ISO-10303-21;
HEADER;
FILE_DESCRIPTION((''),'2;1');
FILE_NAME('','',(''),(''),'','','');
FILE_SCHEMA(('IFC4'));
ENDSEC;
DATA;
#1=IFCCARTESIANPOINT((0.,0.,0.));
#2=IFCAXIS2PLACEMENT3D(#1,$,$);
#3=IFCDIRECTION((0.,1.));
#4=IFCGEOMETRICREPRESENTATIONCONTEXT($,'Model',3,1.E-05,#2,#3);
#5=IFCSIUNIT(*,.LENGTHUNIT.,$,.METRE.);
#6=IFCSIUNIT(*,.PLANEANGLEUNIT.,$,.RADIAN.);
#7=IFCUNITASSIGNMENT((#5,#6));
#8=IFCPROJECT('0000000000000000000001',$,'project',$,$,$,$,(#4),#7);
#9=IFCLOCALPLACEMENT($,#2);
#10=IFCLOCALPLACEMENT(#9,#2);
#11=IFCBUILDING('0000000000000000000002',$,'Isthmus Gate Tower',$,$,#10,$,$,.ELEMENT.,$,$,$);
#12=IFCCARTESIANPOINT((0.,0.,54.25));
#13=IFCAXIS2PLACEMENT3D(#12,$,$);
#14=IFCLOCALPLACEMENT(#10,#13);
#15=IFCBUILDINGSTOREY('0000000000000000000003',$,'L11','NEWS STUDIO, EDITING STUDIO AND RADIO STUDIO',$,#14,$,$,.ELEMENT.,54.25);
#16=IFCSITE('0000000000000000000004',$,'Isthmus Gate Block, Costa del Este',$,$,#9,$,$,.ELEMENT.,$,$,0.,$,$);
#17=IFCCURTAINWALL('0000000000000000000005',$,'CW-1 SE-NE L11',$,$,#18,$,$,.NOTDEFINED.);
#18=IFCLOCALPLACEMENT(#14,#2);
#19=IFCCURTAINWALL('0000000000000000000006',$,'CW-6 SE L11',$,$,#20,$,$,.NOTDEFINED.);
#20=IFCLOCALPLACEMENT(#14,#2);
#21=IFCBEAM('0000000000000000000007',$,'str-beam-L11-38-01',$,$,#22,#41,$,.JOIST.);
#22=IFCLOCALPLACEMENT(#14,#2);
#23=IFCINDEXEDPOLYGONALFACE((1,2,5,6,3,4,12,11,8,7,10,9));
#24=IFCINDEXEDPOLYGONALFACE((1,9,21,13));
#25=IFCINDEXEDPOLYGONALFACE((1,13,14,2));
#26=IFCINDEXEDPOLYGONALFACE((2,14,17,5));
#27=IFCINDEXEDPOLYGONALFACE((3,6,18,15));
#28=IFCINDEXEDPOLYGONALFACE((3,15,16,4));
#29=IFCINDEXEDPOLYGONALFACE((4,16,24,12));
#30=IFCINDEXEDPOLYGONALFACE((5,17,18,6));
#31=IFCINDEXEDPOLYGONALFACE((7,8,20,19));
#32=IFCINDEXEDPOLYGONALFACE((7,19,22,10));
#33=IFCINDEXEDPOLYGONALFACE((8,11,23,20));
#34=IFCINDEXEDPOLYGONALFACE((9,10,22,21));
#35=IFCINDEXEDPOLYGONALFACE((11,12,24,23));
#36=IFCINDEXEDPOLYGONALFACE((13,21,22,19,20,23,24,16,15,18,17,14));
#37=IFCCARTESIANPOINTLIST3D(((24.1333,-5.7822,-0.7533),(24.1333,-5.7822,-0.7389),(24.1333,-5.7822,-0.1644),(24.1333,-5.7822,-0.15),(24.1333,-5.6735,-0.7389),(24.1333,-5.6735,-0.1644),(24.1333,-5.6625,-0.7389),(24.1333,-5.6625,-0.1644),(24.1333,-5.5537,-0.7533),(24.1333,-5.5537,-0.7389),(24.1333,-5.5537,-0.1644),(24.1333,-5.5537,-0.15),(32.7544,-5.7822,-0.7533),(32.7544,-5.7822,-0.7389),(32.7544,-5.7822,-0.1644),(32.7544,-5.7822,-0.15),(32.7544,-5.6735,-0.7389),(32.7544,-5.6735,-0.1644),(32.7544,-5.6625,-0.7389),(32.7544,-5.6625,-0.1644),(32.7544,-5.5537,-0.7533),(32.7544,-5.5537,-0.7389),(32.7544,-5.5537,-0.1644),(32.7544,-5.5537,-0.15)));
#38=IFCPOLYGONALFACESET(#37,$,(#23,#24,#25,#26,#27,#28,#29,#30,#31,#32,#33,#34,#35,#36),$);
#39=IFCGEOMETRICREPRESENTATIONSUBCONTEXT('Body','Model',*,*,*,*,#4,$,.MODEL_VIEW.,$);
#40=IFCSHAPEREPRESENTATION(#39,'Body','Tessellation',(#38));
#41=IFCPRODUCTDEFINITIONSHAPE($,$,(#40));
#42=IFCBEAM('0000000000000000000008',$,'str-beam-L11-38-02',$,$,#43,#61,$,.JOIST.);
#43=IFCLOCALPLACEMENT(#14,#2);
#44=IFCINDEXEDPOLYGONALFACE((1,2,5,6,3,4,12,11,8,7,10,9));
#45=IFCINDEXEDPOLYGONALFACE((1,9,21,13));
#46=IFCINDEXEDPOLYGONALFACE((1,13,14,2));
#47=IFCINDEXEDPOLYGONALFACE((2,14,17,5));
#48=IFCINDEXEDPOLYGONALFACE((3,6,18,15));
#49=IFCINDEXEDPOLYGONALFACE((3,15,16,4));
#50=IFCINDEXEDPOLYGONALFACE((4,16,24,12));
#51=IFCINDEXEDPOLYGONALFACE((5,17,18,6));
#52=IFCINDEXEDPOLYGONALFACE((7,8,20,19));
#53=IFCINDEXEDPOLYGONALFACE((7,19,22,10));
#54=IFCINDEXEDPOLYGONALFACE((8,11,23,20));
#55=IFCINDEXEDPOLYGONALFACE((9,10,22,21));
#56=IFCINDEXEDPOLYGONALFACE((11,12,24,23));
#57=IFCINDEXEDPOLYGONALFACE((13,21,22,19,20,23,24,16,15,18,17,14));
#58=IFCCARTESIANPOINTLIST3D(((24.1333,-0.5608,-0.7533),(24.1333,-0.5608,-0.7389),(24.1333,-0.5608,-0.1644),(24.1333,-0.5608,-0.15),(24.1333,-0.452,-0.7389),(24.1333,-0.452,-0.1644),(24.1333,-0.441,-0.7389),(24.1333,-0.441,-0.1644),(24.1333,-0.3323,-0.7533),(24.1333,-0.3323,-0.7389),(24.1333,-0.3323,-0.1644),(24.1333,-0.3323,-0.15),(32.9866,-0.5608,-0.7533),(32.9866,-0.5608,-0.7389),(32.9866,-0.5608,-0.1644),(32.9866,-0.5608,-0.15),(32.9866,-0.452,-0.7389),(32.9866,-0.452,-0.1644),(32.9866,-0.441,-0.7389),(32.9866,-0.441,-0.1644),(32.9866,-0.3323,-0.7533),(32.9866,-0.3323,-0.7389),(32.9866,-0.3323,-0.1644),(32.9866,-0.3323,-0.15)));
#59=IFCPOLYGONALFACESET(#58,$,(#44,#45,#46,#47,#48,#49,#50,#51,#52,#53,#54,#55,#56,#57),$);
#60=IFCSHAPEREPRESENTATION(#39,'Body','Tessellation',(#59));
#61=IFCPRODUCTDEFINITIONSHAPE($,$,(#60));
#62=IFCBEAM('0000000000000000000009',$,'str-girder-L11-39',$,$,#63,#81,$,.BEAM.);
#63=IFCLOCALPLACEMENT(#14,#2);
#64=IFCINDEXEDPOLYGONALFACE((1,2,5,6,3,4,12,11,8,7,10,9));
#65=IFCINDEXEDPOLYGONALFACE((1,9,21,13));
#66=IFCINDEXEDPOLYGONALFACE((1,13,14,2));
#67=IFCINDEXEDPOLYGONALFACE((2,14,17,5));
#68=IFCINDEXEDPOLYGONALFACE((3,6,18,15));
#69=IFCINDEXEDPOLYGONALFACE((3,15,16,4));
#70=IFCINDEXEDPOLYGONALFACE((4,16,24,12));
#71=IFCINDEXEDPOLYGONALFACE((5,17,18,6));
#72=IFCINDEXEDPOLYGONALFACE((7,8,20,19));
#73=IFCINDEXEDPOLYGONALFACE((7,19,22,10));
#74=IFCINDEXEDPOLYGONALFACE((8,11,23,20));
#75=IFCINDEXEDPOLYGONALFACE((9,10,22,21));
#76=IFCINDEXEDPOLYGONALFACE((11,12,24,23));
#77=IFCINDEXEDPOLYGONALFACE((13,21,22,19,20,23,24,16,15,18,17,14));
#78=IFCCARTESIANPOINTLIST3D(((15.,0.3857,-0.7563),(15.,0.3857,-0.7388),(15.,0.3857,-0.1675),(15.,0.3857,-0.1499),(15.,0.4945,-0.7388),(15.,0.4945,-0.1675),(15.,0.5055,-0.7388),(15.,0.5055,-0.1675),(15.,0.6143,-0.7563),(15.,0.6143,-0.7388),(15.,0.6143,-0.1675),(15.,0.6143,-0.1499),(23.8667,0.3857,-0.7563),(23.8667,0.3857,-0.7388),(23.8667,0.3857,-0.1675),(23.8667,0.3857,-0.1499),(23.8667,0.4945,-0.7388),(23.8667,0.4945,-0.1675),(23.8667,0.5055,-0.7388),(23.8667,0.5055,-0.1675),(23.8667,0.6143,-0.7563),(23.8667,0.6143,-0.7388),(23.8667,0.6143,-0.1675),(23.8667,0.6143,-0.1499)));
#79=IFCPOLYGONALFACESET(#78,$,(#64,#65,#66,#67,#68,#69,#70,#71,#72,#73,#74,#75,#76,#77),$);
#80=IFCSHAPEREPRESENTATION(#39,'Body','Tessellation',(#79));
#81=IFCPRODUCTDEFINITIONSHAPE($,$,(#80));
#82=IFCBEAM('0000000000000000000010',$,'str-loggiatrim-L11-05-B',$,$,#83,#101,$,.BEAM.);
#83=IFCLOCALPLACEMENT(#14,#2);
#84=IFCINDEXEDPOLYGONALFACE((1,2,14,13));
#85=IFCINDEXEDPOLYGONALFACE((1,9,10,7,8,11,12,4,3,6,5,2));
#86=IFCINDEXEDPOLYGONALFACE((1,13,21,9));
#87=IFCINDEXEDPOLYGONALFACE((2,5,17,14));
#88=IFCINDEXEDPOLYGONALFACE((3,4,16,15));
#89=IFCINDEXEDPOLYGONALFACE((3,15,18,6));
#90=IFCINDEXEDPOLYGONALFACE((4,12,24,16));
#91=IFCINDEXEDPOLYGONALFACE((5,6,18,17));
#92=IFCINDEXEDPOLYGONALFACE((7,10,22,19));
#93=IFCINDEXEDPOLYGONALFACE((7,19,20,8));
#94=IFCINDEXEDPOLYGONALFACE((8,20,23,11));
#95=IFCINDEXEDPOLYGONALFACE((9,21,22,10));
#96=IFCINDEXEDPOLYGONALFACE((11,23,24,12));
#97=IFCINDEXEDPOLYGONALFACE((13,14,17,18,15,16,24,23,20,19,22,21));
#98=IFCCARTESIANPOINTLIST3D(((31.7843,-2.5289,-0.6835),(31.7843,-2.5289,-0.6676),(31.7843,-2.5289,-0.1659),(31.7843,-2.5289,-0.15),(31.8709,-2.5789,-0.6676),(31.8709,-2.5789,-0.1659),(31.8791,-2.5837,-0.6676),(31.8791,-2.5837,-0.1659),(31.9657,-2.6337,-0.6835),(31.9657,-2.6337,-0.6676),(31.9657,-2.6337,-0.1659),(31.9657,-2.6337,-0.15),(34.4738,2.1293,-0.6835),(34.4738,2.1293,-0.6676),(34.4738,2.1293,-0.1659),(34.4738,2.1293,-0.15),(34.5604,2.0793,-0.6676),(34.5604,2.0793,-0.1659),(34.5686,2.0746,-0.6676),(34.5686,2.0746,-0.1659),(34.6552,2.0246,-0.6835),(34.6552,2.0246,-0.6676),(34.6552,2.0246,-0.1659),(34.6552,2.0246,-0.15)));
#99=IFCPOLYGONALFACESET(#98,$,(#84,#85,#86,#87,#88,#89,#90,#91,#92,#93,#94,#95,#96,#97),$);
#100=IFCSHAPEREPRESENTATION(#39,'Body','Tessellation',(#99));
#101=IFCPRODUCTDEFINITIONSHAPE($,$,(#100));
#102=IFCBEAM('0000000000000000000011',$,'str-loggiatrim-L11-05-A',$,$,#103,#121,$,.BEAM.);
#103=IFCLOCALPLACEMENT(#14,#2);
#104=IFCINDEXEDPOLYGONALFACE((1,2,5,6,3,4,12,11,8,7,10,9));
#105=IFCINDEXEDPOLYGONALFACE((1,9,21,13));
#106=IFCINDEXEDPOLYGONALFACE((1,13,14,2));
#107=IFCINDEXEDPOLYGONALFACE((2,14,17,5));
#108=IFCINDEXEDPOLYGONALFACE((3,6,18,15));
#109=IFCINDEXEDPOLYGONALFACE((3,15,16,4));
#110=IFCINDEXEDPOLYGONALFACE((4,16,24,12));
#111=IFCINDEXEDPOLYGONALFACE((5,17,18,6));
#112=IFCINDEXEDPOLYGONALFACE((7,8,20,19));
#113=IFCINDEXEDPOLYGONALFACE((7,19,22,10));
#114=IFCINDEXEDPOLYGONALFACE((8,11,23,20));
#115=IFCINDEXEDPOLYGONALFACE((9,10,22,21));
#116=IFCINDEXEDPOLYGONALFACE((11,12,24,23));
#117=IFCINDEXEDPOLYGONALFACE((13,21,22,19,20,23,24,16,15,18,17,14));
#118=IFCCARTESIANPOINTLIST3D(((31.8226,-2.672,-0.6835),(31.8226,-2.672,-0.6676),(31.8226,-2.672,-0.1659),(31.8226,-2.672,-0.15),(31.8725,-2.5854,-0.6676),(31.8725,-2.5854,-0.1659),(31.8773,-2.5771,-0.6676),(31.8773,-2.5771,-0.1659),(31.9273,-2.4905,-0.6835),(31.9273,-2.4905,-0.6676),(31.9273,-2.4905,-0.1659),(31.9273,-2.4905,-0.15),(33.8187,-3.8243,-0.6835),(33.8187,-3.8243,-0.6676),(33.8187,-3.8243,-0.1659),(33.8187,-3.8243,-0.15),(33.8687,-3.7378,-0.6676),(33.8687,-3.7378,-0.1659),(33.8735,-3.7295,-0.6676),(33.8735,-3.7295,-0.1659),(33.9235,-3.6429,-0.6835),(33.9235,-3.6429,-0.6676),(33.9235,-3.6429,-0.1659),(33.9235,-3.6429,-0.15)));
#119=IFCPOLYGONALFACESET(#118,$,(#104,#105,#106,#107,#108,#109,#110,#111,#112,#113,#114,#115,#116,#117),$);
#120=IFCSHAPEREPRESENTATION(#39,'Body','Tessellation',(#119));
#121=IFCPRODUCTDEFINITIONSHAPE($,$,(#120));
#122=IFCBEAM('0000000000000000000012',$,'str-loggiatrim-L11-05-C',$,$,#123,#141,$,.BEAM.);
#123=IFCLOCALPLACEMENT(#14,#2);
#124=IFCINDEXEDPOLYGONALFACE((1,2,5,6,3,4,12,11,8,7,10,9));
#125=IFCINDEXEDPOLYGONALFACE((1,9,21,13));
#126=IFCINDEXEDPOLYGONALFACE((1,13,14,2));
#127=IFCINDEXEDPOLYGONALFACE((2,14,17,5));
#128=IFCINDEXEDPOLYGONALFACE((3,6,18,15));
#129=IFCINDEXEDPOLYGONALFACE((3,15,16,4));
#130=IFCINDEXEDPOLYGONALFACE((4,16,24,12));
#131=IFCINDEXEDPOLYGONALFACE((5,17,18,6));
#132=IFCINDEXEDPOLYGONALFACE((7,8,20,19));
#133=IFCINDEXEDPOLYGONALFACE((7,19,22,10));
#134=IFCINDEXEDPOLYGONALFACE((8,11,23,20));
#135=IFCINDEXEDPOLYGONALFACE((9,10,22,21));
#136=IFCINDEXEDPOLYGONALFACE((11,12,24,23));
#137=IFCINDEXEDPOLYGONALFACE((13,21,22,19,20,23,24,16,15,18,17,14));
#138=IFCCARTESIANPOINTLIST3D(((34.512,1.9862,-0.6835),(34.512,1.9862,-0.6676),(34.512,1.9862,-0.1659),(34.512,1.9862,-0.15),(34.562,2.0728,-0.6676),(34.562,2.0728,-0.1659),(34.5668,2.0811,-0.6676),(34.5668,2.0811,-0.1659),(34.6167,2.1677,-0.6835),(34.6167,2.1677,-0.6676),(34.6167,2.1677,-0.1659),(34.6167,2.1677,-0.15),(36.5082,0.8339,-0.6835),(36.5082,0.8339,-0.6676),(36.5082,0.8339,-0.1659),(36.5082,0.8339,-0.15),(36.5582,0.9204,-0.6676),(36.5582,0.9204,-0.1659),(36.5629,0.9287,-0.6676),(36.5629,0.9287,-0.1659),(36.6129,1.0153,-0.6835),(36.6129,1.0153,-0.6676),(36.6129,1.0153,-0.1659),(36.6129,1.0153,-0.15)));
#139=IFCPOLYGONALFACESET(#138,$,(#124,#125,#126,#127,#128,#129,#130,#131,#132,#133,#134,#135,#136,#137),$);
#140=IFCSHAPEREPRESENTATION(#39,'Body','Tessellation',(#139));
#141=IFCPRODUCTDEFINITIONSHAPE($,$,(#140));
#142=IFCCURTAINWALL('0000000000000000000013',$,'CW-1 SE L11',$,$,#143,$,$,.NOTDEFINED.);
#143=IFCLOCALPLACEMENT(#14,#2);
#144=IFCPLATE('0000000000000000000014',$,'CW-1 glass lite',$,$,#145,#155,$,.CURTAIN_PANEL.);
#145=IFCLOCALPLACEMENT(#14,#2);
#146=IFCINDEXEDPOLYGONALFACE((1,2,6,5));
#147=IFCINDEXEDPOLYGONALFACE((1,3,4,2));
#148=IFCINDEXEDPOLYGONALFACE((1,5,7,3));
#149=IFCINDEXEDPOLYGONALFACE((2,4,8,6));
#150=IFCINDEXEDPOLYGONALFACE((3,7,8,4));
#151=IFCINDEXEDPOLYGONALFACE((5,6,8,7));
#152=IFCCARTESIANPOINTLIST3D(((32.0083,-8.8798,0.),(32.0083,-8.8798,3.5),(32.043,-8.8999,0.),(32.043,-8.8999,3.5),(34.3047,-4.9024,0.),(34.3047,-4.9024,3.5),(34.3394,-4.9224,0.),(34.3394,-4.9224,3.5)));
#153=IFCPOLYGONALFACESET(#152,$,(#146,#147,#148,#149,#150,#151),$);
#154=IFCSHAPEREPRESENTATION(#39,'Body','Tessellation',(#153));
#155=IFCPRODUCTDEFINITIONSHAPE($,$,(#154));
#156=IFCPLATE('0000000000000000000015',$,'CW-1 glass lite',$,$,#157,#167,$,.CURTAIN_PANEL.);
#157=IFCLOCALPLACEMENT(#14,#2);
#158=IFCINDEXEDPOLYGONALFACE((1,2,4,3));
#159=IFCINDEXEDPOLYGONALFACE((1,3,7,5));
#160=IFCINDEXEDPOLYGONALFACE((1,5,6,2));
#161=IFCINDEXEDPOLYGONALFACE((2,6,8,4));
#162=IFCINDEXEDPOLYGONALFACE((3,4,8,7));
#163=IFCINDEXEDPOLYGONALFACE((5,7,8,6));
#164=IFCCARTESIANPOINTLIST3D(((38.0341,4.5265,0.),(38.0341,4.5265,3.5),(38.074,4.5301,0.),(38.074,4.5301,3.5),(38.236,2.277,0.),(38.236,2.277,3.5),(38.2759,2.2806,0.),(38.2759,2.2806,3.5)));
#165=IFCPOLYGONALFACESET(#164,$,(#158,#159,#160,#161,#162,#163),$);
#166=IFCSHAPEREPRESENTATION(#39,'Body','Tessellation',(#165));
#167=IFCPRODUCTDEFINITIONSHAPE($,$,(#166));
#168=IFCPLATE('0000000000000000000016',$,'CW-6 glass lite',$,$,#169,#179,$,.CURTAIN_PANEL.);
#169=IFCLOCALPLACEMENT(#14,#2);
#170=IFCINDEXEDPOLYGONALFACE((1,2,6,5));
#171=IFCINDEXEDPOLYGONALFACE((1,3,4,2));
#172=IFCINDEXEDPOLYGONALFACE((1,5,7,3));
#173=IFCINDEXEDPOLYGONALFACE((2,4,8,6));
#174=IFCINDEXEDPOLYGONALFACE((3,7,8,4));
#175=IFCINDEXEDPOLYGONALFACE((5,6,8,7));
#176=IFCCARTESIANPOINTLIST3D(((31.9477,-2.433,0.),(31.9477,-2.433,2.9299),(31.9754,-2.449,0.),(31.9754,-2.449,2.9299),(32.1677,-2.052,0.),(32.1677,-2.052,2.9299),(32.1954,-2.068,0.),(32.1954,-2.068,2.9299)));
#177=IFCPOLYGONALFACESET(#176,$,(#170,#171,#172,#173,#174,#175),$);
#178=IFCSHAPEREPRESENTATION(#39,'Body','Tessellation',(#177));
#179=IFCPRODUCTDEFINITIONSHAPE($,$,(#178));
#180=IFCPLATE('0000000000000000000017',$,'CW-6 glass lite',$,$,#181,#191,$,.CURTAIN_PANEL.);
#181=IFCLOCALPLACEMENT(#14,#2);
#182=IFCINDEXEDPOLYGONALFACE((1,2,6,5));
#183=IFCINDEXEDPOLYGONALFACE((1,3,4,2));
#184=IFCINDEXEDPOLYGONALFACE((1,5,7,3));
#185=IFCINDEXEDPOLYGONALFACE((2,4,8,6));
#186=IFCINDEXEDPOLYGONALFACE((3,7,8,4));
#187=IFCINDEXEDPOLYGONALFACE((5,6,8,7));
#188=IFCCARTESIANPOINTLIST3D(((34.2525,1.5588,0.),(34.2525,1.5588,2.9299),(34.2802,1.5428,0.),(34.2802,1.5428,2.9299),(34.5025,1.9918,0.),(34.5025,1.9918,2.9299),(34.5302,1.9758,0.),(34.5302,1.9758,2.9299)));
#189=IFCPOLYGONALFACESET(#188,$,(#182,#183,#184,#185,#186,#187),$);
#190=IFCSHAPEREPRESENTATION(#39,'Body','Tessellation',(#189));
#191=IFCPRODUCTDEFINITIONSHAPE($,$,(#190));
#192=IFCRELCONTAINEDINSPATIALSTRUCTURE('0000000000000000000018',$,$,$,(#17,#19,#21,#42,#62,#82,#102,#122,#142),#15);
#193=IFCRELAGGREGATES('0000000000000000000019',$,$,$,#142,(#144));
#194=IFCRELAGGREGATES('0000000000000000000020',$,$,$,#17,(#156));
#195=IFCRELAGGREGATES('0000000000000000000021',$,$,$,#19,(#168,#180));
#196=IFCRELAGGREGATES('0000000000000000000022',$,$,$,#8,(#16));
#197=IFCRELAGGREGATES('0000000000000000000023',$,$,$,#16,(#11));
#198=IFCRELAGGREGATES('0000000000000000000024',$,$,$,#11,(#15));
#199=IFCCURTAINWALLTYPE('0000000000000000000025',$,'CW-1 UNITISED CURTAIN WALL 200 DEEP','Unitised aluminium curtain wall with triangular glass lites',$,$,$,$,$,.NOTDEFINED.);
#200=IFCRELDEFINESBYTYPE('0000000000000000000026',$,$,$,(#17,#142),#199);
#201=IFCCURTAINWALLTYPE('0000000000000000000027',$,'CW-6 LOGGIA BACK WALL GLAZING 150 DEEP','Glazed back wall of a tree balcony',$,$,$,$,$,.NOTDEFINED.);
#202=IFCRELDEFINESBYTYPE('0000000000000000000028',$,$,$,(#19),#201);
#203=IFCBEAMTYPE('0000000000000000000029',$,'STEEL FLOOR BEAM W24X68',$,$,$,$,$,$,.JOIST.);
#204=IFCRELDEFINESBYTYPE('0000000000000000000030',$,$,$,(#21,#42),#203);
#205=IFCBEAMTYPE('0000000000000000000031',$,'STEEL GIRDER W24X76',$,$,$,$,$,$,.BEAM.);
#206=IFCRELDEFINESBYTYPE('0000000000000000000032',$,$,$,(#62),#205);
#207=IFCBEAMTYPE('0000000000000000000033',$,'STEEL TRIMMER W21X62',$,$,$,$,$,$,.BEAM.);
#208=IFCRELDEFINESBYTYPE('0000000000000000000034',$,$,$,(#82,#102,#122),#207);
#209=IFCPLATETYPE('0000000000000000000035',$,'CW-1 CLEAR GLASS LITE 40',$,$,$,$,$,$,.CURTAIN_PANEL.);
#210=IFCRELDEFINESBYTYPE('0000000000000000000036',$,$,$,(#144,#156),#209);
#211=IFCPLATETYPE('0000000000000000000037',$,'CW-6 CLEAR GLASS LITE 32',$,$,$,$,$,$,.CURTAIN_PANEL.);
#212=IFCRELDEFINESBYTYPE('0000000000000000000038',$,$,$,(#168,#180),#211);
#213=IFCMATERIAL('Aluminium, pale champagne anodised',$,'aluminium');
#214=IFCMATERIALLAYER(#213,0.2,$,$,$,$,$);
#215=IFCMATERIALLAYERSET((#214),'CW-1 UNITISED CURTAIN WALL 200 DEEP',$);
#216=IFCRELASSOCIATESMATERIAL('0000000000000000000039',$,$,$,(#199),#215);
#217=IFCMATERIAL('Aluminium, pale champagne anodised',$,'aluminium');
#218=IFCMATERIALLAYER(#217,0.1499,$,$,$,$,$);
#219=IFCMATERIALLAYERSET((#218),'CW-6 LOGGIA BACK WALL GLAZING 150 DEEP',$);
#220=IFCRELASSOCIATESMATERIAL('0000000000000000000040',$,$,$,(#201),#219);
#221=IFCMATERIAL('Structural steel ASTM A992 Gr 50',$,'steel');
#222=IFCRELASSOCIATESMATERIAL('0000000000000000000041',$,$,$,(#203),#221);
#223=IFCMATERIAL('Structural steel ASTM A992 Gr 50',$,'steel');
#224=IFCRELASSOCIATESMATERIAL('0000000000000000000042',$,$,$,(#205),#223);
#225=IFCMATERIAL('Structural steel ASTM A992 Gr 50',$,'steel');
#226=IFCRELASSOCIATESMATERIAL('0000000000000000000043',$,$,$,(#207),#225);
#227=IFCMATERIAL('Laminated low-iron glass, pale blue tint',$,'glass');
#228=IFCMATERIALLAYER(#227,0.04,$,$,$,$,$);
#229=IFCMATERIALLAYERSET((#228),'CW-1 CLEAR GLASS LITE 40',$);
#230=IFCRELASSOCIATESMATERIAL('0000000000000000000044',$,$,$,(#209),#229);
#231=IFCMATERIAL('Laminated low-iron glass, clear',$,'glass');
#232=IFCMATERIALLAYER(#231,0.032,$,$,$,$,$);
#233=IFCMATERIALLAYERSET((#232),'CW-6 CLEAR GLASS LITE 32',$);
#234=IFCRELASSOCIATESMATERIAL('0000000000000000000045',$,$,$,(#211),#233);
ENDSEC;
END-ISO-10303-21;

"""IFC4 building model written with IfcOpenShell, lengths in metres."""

from ifc_helpers import new_model, si_unit, direction, frame, origin, origin_2d, place, context, subcontext, project, spatial, rectangle, i_section, extrude, material, layer, layer_set, material_profile, profile_set, type_object, element, aggregate, save


model = new_model("IFC4")

# Units and contexts
model_context = context("Model", 3, precision=1e-05, world=origin(), true_north=direction((0.0, 1.0)))
body_context = subcontext(model_context, "Body", "Model", "MODEL_VIEW")
ifc_project = project(units=[si_unit("LENGTHUNIT", "METRE"), si_unit("PLANEANGLEUNIT", "RADIAN")], contexts=[model_context])

# Site, building, storey
site_placement = place(None, origin())
site = spatial("IfcSite", under=ifc_project, at=site_placement, Name="Isthmus Gate Block, Costa del Este", CompositionType="ELEMENT", RefElevation=0.0)
building_placement = place(site_placement, origin())
building = spatial("IfcBuilding", under=site, at=building_placement, Name="Isthmus Gate Tower", CompositionType="ELEMENT")
storey_placement = place(building_placement, frame((0.0, 0.0, 54.25)))
storey = spatial("IfcBuildingStorey", under=building, at=storey_placement, Name="L11", Description="NEWS STUDIO, EDITING STUDIO AND RADIO STUDIO", CompositionType="ELEMENT", Elevation=54.25)

# Curtain walls
ifc_material_1 = material(Name="Aluminium, pale champagne anodised", Category="aluminium")
ifc_layer_1 = layer(ifc_material_1, 0.2)
ifc_layer_set_1 = layer_set([ifc_layer_1], Name="CW-1 UNITISED CURTAIN WALL 200 DEEP")
curtain_wall_type_1 = type_object("IfcCurtainWallType", Name="CW-1 UNITISED CURTAIN WALL 200 DEEP", Description="Unitised aluminium curtain wall with triangular glass lites", PredefinedType="NOTDEFINED", material=ifc_layer_set_1)
curtain_wall_1_placement = place(storey_placement, origin())
curtain_wall_1 = element("IfcCurtainWall", 1, at=curtain_wall_1_placement, inside=storey, type_object=curtain_wall_type_1, Name="CW-1 SE-NE L11", PredefinedType="NOTDEFINED")
ifc_material_2 = material(Name="Aluminium, pale champagne anodised", Category="aluminium")
ifc_layer_2 = layer(ifc_material_2, 0.1499)
ifc_layer_set_2 = layer_set([ifc_layer_2], Name="CW-6 LOGGIA BACK WALL GLAZING 150 DEEP")
curtain_wall_type_2 = type_object("IfcCurtainWallType", Name="CW-6 LOGGIA BACK WALL GLAZING 150 DEEP", Description="Glazed back wall of a tree balcony", PredefinedType="NOTDEFINED", material=ifc_layer_set_2)
curtain_wall_2_placement = place(storey_placement, origin())
curtain_wall_2 = element("IfcCurtainWall", 2, at=curtain_wall_2_placement, inside=storey, type_object=curtain_wall_type_2, Name="CW-6 SE L11", PredefinedType="NOTDEFINED")

# Beams
ifc_material_3 = material(Name="Structural steel ASTM A992 Gr 50", Category="steel")
ifc_material_profile_1 = material_profile(ifc_material_3, i_section(OverallWidth=0.2285, OverallDepth=0.6033, WebThickness=0.011, FlangeThickness=0.0144, at=origin_2d()), Name="W24X68")
ifc_profile_set_1 = profile_set([ifc_material_profile_1], Name="Structural steel ASTM A992 Gr 50")
beam_type_1 = type_object("IfcBeamType", Name="STEEL FLOOR BEAM W24X68", PredefinedType="JOIST", material=ifc_profile_set_1)
beam_1_placement = place(storey_placement, frame((24.1333, -5.668, -0.4517), z_axis=(1.0, 0.0, 0.0), x_axis=(0.0, 1.0, 0.0)))
element("IfcBeam", 3, at=beam_1_placement, inside=storey, type_object=beam_type_1, Name="str-beam-L11-38-01", PredefinedType="JOIST", context=body_context, shape_type="SweptSolid", body=[
    extrude(i_section(OverallWidth=0.2285, OverallDepth=0.6033, WebThickness=0.011, FlangeThickness=0.0144, at=origin_2d()), origin(), (0.0, 0.0, 1.0), 8.6211),
])
beam_2_placement = place(storey_placement, frame((24.1333, -0.4465, -0.4517), z_axis=(1.0, 0.0, 0.0), x_axis=(0.0, 1.0, 0.0)))
element("IfcBeam", 4, at=beam_2_placement, inside=storey, type_object=beam_type_1, Name="str-beam-L11-38-02", PredefinedType="JOIST", context=body_context, shape_type="SweptSolid", body=[
    extrude(i_section(OverallWidth=0.2285, OverallDepth=0.6033, WebThickness=0.011, FlangeThickness=0.0144, at=origin_2d()), origin(), (0.0, 0.0, 1.0), 8.8533),
])
ifc_material_4 = material(Name="Structural steel ASTM A992 Gr 50", Category="steel")
ifc_material_profile_2 = material_profile(ifc_material_4, i_section(OverallWidth=0.2285, OverallDepth=0.6064, WebThickness=0.011, FlangeThickness=0.0176, at=origin_2d()), Name="W24X76")
ifc_profile_set_2 = profile_set([ifc_material_profile_2], Name="Structural steel ASTM A992 Gr 50")
beam_type_2 = type_object("IfcBeamType", Name="STEEL GIRDER W24X76", PredefinedType="BEAM", material=ifc_profile_set_2)
beam_3_placement = place(storey_placement, frame((15.0, 0.5, -0.4531), z_axis=(1.0, 0.0, 0.0), x_axis=(0.0, 1.0, 0.0)))
element("IfcBeam", 5, at=beam_3_placement, inside=storey, type_object=beam_type_2, Name="str-girder-L11-39", PredefinedType="BEAM", context=body_context, shape_type="SweptSolid", body=[
    extrude(i_section(OverallWidth=0.2285, OverallDepth=0.6064, WebThickness=0.011, FlangeThickness=0.0176, at=origin_2d()), origin(), (0.0, 0.0, 1.0), 8.8667),
])
ifc_material_5 = material(Name="Structural steel ASTM A992 Gr 50", Category="steel")
ifc_material_profile_3 = material_profile(ifc_material_5, i_section(OverallWidth=0.2095, OverallDepth=0.5334, WebThickness=0.0095, FlangeThickness=0.0159, at=origin_2d()), Name="W21X62")
ifc_profile_set_3 = profile_set([ifc_material_profile_3], Name="Structural steel ASTM A992 Gr 50")
beam_type_3 = type_object("IfcBeamType", Name="STEEL TRIMMER W21X62", PredefinedType="BEAM", material=ifc_profile_set_3)
beam_4_placement = place(storey_placement, frame((31.875, -2.5813, -0.4167), z_axis=(0.500005, 0.866022, 0.0), x_axis=(-0.866022, 0.500005, 0.0)))
element("IfcBeam", 6, at=beam_4_placement, inside=storey, type_object=beam_type_3, Name="str-loggiatrim-L11-05-B", PredefinedType="BEAM", context=body_context, shape_type="SweptSolid", body=[
    extrude(i_section(OverallWidth=0.2095, OverallDepth=0.5334, WebThickness=0.0095, FlangeThickness=0.0159, at=origin_2d()), origin(), (0.0, 0.0, 1.0), 5.3789),
])
for number, where, z_axis, x_axis, name in (
    (7, (33.8711, -3.7336, -0.4167), (-0.866044, 0.499967, 0.0), (-0.499967, -0.866044, 0.0), "str-loggiatrim-L11-05-A"),
    (8, (36.5605, 0.9246, -0.4167), (-0.866044, 0.499967, 0.0), (-0.499967, -0.866044, 0.0), "str-loggiatrim-L11-05-C"),
):
    element("IfcBeam", number, at=place(storey_placement, frame(where, z_axis=z_axis, x_axis=x_axis)), inside=storey, type_object=beam_type_3, Name=name, PredefinedType="BEAM", context=body_context, shape_type="SweptSolid", body=[
        extrude(i_section(OverallWidth=0.2095, OverallDepth=0.5334, WebThickness=0.0095, FlangeThickness=0.0159, at=origin_2d()), origin(), (0.0, 0.0, 1.0), 2.3049),
    ])

# Curtain wall, plate
curtain_wall_3_placement = place(storey_placement, origin())
curtain_wall_3 = element("IfcCurtainWall", 9, at=curtain_wall_3_placement, inside=storey, type_object=curtain_wall_type_1, Name="CW-1 SE L11", PredefinedType="NOTDEFINED")
ifc_material_6 = material(Name="Laminated low-iron glass, pale blue tint", Category="glass")
ifc_layer_3 = layer(ifc_material_6, 0.04)
ifc_layer_set_3 = layer_set([ifc_layer_3], Name="CW-1 CLEAR GLASS LITE 40")
plate_type_1 = type_object("IfcPlateType", Name="CW-1 CLEAR GLASS LITE 40", PredefinedType="CURTAIN_PANEL", material=ifc_layer_set_3)
plate_1_placement = place(storey_placement, frame((33.1738, -6.9011, 0.0), z_axis=(0.0, 0.0, 1.0), x_axis=(0.5, 0.866025, 0.0)))
plate_1 = element("IfcPlate", 10, at=plate_1_placement, type_object=plate_type_1, Name="CW-1 glass lite", PredefinedType="CURTAIN_PANEL", context=body_context, shape_type="SweptSolid", body=[
    extrude(rectangle(XDim=4.5928, YDim=0.04, at=origin_2d()), origin(), (0.0, 0.0, 1.0), 3.5),
])
aggregate(curtain_wall_3, [plate_1])

# Plates
plate_2_placement = place(storey_placement, frame((38.155, 3.4036, 0.0), z_axis=(0.0, 0.0, 1.0), x_axis=(-0.089397, 0.995996, 0.0)))
plate_2 = element("IfcPlate", 11, at=plate_2_placement, type_object=plate_type_1, Name="CW-1 glass lite", PredefinedType="CURTAIN_PANEL", context=body_context, shape_type="SweptSolid", body=[
    extrude(rectangle(XDim=2.2585, YDim=0.04, at=origin_2d()), origin(), (0.0, 0.0, 1.0), 3.5),
])
aggregate(curtain_wall_1, [plate_2])
ifc_material_7 = material(Name="Laminated low-iron glass, clear", Category="glass")
ifc_layer_4 = layer(ifc_material_7, 0.032)
ifc_layer_set_4 = layer_set([ifc_layer_4], Name="CW-6 CLEAR GLASS LITE 32")
plate_type_2 = type_object("IfcPlateType", Name="CW-6 CLEAR GLASS LITE 32", PredefinedType="CURTAIN_PANEL", material=ifc_layer_set_4)
plate_3_placement = place(storey_placement, frame((32.0715, -2.2505, 0.0), z_axis=(0.0, 0.0, 1.0), x_axis=(0.5, 0.866025, 0.0)))
plate_3 = element("IfcPlate", 12, at=plate_3_placement, type_object=plate_type_2, Name="CW-6 glass lite", PredefinedType="CURTAIN_PANEL", context=body_context, shape_type="SweptSolid", body=[
    extrude(rectangle(XDim=0.4399, YDim=0.032, at=origin_2d()), origin(), (0.0, 0.0, 1.0), 2.9299),
])
plate_4_placement = place(storey_placement, frame((34.3914, 1.7673, 0.0), z_axis=(0.0, 0.0, 1.0), x_axis=(0.5, 0.866025, 0.0)))
plate_4 = element("IfcPlate", 13, at=plate_4_placement, type_object=plate_type_2, Name="CW-6 glass lite", PredefinedType="CURTAIN_PANEL", context=body_context, shape_type="SweptSolid", body=[
    extrude(rectangle(XDim=0.5, YDim=0.032, at=origin_2d()), origin(), (0.0, 0.0, 1.0), 2.9299),
])
aggregate(curtain_wall_2, [plate_3, plate_4])

save(model, "model.ifc")
